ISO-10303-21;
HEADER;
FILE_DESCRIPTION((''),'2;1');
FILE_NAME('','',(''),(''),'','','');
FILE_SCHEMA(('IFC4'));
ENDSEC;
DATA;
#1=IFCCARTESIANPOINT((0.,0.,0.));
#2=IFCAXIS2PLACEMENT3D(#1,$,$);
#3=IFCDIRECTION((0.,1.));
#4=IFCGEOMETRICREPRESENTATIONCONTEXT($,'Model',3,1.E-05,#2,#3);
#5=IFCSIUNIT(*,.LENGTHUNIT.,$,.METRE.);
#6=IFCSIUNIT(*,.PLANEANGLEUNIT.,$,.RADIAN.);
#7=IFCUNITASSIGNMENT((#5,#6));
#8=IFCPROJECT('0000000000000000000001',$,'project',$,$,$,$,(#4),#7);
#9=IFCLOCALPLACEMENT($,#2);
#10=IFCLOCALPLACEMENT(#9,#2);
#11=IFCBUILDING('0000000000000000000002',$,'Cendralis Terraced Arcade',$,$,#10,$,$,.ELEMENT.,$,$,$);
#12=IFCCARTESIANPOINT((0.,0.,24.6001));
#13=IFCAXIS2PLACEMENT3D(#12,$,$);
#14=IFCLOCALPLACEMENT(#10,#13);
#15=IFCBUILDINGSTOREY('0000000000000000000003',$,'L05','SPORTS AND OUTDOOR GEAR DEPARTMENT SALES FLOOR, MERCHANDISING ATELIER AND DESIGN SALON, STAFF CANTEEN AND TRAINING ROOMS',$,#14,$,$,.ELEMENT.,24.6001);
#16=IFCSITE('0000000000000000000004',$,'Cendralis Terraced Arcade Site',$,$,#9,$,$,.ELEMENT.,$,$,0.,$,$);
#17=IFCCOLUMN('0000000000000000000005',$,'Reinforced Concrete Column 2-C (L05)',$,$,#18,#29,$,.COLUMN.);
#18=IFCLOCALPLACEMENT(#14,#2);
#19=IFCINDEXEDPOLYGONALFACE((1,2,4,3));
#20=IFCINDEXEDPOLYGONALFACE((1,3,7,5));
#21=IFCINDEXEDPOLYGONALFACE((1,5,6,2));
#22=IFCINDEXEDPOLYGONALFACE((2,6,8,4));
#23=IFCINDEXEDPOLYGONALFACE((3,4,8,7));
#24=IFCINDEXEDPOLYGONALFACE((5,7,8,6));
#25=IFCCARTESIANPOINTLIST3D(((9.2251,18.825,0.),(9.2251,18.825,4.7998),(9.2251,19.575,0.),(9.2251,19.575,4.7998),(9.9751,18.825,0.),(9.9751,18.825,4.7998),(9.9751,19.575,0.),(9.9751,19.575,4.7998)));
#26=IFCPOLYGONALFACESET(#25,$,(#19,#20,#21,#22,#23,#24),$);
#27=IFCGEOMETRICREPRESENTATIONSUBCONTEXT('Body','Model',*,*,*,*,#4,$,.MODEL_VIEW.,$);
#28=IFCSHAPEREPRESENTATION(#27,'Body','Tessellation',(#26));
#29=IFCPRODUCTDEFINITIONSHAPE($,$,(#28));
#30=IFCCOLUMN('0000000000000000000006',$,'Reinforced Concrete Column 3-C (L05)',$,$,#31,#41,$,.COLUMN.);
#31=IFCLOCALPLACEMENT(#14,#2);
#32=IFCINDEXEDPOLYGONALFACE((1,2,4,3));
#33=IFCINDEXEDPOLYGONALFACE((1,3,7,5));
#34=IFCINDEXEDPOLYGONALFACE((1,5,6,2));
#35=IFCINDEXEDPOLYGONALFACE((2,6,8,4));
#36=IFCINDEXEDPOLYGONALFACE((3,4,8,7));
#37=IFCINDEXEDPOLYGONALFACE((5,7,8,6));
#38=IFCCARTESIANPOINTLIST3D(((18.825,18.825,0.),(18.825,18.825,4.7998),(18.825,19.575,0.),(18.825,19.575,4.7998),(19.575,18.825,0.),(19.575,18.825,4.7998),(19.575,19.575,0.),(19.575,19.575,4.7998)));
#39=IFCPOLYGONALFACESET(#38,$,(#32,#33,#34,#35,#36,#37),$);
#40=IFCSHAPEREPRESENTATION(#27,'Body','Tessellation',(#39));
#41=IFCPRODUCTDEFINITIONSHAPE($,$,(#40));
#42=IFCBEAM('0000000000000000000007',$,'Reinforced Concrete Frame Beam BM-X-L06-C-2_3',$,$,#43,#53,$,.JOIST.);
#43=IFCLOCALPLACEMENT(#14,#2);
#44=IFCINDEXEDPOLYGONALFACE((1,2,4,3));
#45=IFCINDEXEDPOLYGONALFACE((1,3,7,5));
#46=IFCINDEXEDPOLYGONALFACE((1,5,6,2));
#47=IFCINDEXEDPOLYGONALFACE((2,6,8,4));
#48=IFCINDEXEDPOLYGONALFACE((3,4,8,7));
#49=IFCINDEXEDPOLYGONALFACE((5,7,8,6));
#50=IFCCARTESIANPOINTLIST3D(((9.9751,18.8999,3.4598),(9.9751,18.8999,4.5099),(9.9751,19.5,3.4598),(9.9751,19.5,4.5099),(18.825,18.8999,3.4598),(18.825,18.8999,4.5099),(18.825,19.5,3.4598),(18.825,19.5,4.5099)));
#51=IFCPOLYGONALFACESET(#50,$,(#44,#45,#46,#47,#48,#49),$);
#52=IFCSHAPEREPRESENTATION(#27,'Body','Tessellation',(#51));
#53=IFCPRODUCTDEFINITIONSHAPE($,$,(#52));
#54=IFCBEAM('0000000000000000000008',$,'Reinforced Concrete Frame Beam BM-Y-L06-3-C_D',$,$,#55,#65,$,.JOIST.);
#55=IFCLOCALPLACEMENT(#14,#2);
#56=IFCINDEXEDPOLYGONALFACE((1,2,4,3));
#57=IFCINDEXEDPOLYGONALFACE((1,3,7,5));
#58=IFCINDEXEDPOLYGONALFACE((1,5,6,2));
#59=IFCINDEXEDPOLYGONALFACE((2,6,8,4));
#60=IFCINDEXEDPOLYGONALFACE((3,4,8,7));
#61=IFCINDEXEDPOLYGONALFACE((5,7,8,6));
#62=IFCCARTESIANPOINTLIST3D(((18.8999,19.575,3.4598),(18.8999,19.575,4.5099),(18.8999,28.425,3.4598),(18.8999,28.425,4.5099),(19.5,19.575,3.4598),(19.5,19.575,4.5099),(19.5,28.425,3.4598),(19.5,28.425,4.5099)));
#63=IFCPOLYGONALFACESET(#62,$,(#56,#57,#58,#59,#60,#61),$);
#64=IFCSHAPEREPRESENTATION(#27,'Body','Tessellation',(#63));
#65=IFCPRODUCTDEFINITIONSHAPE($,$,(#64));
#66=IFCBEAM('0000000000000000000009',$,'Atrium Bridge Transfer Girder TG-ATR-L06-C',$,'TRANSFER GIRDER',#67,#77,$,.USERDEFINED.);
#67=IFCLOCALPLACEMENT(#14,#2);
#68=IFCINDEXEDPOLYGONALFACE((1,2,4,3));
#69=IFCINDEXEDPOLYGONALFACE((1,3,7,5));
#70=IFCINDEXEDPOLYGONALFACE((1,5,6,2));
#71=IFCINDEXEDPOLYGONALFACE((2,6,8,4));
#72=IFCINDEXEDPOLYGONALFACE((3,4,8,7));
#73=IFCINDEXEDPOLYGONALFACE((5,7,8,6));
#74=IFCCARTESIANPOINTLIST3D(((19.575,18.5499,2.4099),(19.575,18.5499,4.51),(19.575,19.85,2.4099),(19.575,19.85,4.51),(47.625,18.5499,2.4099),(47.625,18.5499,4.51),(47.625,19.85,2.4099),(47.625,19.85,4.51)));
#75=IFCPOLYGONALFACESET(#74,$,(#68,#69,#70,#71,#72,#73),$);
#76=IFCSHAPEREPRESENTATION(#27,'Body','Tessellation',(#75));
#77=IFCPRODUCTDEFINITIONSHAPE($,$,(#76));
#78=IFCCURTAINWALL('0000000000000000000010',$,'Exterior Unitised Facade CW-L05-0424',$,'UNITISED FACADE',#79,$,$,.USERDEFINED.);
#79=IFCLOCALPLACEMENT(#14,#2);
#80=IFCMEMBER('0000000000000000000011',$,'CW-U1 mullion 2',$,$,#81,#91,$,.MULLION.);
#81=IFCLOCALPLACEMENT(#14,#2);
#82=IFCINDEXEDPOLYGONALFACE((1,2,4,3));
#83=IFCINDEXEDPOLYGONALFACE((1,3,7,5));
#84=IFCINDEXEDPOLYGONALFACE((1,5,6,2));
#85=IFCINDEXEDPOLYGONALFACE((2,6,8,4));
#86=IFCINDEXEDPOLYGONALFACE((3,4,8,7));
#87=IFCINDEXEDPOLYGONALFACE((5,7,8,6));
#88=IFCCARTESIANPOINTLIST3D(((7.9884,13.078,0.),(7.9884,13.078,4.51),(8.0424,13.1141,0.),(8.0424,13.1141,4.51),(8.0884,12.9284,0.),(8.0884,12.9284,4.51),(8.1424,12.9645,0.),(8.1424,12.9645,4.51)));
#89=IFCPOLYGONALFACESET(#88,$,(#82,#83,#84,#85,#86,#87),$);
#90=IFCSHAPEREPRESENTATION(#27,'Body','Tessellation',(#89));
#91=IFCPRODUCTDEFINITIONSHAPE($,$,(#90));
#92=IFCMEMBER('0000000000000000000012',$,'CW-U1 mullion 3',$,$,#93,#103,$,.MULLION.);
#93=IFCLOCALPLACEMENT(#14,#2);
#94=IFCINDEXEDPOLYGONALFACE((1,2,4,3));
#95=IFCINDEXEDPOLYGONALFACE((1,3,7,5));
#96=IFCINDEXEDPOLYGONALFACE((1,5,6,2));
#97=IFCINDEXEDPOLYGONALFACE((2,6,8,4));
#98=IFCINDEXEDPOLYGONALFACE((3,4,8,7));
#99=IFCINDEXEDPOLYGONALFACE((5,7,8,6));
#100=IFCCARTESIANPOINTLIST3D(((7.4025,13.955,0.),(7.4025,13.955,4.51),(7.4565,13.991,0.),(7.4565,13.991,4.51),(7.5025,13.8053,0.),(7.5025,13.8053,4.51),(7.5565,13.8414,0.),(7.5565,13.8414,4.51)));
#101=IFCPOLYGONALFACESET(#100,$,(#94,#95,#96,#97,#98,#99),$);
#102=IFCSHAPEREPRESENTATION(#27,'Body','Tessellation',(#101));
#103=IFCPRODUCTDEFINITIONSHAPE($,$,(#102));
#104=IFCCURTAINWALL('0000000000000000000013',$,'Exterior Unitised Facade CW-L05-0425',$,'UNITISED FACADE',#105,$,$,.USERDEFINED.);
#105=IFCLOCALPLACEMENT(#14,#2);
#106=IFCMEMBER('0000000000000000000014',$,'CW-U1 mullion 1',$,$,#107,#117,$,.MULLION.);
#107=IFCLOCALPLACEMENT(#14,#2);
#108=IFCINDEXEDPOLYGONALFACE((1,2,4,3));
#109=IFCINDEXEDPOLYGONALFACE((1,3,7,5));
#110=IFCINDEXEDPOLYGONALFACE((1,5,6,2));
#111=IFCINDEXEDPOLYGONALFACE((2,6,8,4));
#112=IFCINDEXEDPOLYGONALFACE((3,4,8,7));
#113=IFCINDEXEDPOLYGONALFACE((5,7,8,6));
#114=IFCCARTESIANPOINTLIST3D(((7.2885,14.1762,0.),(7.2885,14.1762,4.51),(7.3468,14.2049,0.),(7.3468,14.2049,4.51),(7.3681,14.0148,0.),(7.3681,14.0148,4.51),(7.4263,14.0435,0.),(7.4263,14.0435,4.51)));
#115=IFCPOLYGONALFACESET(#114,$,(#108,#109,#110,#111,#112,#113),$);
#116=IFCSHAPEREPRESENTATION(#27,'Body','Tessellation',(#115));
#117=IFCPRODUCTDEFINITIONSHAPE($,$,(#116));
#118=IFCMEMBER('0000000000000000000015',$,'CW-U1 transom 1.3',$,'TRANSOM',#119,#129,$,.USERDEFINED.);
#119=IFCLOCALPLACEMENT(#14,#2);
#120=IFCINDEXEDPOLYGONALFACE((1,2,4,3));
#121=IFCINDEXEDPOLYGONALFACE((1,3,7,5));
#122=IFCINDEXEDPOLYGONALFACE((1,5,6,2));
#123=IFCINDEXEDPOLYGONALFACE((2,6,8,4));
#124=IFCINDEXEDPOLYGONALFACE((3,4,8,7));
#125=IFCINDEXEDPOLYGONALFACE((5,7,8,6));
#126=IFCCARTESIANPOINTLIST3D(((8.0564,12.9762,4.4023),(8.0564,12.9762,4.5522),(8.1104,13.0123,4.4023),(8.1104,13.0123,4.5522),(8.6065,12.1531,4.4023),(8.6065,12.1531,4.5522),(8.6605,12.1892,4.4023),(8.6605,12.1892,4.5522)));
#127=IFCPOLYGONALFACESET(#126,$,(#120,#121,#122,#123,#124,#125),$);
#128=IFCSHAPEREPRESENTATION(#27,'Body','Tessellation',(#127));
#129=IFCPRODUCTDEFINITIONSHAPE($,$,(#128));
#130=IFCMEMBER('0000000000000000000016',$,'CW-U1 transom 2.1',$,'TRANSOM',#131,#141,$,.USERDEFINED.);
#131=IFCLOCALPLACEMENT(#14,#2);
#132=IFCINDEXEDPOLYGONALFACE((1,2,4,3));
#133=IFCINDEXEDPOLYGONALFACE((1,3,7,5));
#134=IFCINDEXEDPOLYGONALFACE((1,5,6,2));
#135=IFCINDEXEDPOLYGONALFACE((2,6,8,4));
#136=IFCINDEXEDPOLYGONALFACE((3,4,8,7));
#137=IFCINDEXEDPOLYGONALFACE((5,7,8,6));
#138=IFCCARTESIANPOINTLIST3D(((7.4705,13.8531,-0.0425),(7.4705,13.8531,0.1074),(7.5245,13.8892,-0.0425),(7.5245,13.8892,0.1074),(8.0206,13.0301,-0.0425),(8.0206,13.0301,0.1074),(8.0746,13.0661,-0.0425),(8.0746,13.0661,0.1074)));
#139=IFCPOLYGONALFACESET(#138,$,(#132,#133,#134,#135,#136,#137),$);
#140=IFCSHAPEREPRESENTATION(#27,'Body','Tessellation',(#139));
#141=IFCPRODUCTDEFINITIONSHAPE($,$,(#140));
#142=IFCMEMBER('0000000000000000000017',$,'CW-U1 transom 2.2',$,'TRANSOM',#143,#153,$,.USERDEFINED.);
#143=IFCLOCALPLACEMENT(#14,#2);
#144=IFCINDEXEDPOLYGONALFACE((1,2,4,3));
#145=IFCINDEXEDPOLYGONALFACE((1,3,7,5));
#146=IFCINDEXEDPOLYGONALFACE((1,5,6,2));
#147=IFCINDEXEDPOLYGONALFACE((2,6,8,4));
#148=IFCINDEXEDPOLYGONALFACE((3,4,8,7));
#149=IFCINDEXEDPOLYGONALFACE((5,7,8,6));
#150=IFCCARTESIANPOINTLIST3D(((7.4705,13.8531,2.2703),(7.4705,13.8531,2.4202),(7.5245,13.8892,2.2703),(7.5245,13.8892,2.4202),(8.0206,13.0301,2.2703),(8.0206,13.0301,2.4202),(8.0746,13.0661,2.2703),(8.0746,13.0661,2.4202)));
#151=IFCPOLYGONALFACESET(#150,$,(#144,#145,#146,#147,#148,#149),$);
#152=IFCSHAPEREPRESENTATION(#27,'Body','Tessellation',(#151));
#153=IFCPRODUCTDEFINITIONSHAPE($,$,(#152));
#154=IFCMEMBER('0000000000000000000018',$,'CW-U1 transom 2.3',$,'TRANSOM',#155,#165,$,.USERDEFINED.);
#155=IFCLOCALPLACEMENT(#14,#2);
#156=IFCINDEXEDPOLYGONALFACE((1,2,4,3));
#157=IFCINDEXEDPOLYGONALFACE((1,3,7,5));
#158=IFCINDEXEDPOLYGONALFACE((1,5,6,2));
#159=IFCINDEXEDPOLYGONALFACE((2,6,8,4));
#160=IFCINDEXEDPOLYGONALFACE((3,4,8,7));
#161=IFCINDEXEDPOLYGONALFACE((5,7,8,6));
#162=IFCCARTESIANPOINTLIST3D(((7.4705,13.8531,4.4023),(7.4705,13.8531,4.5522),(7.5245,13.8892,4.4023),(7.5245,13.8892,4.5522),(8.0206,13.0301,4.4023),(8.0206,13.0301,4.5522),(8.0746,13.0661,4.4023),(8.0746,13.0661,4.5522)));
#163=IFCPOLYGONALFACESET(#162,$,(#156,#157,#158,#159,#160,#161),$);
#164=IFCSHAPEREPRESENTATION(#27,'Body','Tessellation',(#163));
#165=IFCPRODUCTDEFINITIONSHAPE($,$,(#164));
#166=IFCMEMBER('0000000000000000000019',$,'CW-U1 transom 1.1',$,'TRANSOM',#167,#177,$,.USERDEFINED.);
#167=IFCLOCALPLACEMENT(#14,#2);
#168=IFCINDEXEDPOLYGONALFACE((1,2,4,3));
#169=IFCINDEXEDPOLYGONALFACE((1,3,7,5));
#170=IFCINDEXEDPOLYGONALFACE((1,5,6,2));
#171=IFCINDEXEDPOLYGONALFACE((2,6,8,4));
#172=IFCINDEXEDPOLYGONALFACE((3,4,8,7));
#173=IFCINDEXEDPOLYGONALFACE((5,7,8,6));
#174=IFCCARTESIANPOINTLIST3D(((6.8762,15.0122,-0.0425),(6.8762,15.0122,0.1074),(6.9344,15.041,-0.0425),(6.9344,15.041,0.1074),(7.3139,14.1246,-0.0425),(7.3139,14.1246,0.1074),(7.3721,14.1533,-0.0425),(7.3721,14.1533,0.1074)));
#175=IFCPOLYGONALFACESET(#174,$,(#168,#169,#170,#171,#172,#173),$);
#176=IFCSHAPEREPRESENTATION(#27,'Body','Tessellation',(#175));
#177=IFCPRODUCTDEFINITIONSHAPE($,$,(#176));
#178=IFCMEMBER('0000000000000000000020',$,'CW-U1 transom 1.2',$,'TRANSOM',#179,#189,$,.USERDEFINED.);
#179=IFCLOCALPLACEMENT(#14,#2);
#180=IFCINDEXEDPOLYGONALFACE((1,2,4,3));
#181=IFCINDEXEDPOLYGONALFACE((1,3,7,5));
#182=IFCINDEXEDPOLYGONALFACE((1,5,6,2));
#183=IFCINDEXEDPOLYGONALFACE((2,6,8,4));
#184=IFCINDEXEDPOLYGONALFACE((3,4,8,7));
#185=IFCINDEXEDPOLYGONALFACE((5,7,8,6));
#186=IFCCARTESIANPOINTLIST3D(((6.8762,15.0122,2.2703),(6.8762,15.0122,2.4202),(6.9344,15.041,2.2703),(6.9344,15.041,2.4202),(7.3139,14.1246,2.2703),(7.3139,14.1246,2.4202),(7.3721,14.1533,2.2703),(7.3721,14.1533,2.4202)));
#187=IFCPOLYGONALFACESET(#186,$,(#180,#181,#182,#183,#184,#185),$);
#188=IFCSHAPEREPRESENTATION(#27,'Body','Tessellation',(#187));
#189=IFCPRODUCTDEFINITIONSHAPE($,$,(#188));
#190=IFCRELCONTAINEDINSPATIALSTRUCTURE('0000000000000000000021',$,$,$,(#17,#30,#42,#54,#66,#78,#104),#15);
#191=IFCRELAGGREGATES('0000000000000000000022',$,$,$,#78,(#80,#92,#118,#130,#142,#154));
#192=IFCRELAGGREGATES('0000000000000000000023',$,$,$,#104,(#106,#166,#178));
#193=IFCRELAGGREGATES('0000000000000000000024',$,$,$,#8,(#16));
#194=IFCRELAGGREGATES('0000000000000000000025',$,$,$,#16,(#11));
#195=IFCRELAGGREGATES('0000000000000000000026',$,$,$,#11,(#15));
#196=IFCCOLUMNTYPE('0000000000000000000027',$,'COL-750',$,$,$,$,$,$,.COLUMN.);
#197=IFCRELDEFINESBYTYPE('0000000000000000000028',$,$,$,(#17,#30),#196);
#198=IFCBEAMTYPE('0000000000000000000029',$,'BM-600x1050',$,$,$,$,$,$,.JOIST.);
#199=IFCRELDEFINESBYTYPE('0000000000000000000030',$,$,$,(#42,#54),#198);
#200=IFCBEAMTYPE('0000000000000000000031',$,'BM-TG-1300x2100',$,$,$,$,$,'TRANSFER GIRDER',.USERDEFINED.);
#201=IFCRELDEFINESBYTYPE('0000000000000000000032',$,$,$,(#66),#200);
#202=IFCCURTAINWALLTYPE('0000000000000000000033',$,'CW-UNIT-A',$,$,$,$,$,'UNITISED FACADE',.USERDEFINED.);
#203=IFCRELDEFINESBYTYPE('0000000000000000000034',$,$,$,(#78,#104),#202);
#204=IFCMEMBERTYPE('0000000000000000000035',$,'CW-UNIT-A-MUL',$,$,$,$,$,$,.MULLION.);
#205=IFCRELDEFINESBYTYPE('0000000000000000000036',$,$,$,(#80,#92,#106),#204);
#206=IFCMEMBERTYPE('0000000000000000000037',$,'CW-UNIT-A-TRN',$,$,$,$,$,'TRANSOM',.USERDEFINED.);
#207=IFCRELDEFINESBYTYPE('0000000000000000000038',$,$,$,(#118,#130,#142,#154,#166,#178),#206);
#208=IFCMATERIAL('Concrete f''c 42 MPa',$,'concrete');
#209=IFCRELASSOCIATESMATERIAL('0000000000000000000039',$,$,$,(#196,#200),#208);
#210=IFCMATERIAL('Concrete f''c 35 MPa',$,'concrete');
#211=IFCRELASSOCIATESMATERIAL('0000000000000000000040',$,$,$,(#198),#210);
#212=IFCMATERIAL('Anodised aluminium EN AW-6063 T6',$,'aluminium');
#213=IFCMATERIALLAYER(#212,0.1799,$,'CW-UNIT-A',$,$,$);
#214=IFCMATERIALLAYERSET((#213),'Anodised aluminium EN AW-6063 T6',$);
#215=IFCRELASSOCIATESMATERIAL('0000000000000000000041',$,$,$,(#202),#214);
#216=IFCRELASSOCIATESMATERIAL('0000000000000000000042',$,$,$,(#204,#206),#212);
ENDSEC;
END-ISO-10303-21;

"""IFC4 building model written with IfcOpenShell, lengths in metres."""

from ifc_helpers import new_model, si_unit, direction, frame, origin, origin_2d, place, context, subcontext, project, spatial, rectangle, extrude, material, layer, layer_set, material_profile, profile_set, type_object, element, aggregate, save


model = new_model("IFC4")

# Units and contexts
model_context = context("Model", 3, precision=1e-05, world=origin(), true_north=direction((0.0, 1.0)))
body_context = subcontext(model_context, "Body", "Model", "MODEL_VIEW")
ifc_project = project(units=[si_unit("LENGTHUNIT", "METRE"), si_unit("PLANEANGLEUNIT", "RADIAN")], contexts=[model_context])

# Site, building, storey
site_placement = place(None, origin())
site = spatial("IfcSite", under=ifc_project, at=site_placement, Name="Cendralis Terraced Arcade Site", CompositionType="ELEMENT", RefElevation=0.0)
building_placement = place(site_placement, origin())
building = spatial("IfcBuilding", under=site, at=building_placement, Name="Cendralis Terraced Arcade", CompositionType="ELEMENT")
storey_placement = place(building_placement, frame((0.0, 0.0, 24.6001)))
storey = spatial("IfcBuildingStorey", under=building, at=storey_placement, Name="L05", Description="SPORTS AND OUTDOOR GEAR DEPARTMENT SALES FLOOR, MERCHANDISING ATELIER AND DESIGN SALON, STAFF CANTEEN AND TRAINING ROOMS", CompositionType="ELEMENT", Elevation=24.6001)

# Columns
ifc_material_1 = material(Name="Concrete f'c 42 MPa", Category="concrete")
ifc_material_profile_1 = material_profile(ifc_material_1, rectangle(XDim=0.75, YDim=0.75, at=origin_2d()), Name="RC-COL-750x750", Category="LoadBearing")
ifc_profile_set_1 = profile_set([ifc_material_profile_1], Name="Concrete f'c 42 MPa")
column_type = type_object("IfcColumnType", Name="COL-750", PredefinedType="COLUMN", material=ifc_profile_set_1)
for number, where, z_axis, x_axis, name in (
    (1, (9.6001, 19.2, 0.0), (0.0, 0.0, 1.0), (1.0, 0.0, 0.0), "Reinforced Concrete Column 2-C (L05)"),
    (2, (19.2, 19.2, 0.0), (0.0, 0.0, 1.0), (1.0, 0.0, 0.0), "Reinforced Concrete Column 3-C (L05)"),
):
    element("IfcColumn", number, at=place(storey_placement, frame(where, z_axis=z_axis, x_axis=x_axis)), inside=storey, type_object=column_type, Name=name, PredefinedType="COLUMN", context=body_context, shape_type="SweptSolid", body=[
        extrude(rectangle(XDim=0.75, YDim=0.75, at=origin_2d()), origin(), (0.0, 0.0, 1.0), 4.7998),
    ])

# Beams
ifc_material_2 = material(Name="Concrete f'c 35 MPa", Category="concrete")
ifc_material_profile_2 = material_profile(ifc_material_2, rectangle(XDim=0.6001, YDim=1.05, at=origin_2d()), Name="RC-BM-600x1050", Category="LoadBearing")
ifc_profile_set_2 = profile_set([ifc_material_profile_2], Name="Concrete f'c 35 MPa")
beam_type_1 = type_object("IfcBeamType", Name="BM-600x1050", PredefinedType="JOIST", material=ifc_profile_set_2)
beam_1_placement = place(storey_placement, frame((9.9751, 19.2, 3.9849), z_axis=(1.0, 0.0, 0.0), x_axis=(0.0, 1.0, 0.0)))
element("IfcBeam", 3, at=beam_1_placement, inside=storey, type_object=beam_type_1, Name="Reinforced Concrete Frame Beam BM-X-L06-C-2_3", PredefinedType="JOIST", context=body_context, shape_type="SweptSolid", body=[
    extrude(rectangle(XDim=0.6001, YDim=1.05, at=origin_2d()), origin(), (0.0, 0.0, 1.0), 8.8499),
])
beam_2_placement = place(storey_placement, frame((19.2, 19.575, 3.9849), z_axis=(0.0, 1.0, 0.0), x_axis=(-1.0, 0.0, 0.0)))
element("IfcBeam", 4, at=beam_2_placement, inside=storey, type_object=beam_type_1, Name="Reinforced Concrete Frame Beam BM-Y-L06-3-C_D", PredefinedType="JOIST", context=body_context, shape_type="SweptSolid", body=[
    extrude(rectangle(XDim=0.6001, YDim=1.05, at=origin_2d()), origin(), (0.0, 0.0, 1.0), 8.8501),
])
ifc_material_profile_3 = material_profile(ifc_material_1, rectangle(XDim=1.3, YDim=2.1001, at=origin_2d()), Name="RC-TG-1300x2100", Category="LoadBearing")
ifc_profile_set_3 = profile_set([ifc_material_profile_3], Name="Concrete f'c 42 MPa")
beam_type_2 = type_object("IfcBeamType", Name="BM-TG-1300x2100", ElementType="TRANSFER GIRDER", PredefinedType="USERDEFINED", material=ifc_profile_set_3)
beam_3_placement = place(storey_placement, frame((19.575, 19.2, 3.46), z_axis=(1.0, 0.0, 0.0), x_axis=(0.0, 1.0, 0.0)))
element("IfcBeam", 5, at=beam_3_placement, inside=storey, type_object=beam_type_2, Name="Atrium Bridge Transfer Girder TG-ATR-L06-C", ObjectType="TRANSFER GIRDER", PredefinedType="USERDEFINED", context=body_context, shape_type="SweptSolid", body=[
    extrude(rectangle(XDim=1.3, YDim=2.1001, at=origin_2d()), origin(), (0.0, 0.0, 1.0), 28.05),
])

# Curtain wall, members
ifc_material_3 = material(Name="Anodised aluminium EN AW-6063 T6", Category="aluminium")
ifc_layer_1 = layer(ifc_material_3, 0.1799, Name="CW-UNIT-A")
ifc_layer_set_1 = layer_set([ifc_layer_1], Name="Anodised aluminium EN AW-6063 T6")
curtain_wall_type = type_object("IfcCurtainWallType", Name="CW-UNIT-A", ElementType="UNITISED FACADE", PredefinedType="USERDEFINED", material=ifc_layer_set_1)
curtain_wall_1_placement = place(storey_placement, origin())
curtain_wall_1 = element("IfcCurtainWall", 6, at=curtain_wall_1_placement, inside=storey, type_object=curtain_wall_type, Name="Exterior Unitised Facade CW-L05-0424", ObjectType="UNITISED FACADE", PredefinedType="USERDEFINED")
ifc_material_profile_4 = material_profile(ifc_material_3, rectangle(XDim=0.0649, YDim=0.1799, at=origin_2d()), Name="ALU-MUL-65x180")
ifc_profile_set_4 = profile_set([ifc_material_profile_4], Name="Anodised aluminium EN AW-6063 T6")
member_type_1 = type_object("IfcMemberType", Name="CW-UNIT-A-MUL", PredefinedType="MULLION", material=ifc_profile_set_4)
member_1_placement = place(storey_placement, frame((8.0654, 13.0212, 0.0), z_axis=(0.0, 0.0, 1.0), x_axis=(-0.831477, -0.555559, 0.0)))
member_1 = element("IfcMember", 7, at=member_1_placement, type_object=member_type_1, Name="CW-U1 mullion 2", PredefinedType="MULLION", context=body_context, shape_type="SweptSolid", body=[
    extrude(rectangle(XDim=0.0649, YDim=0.1799, at=origin_2d()), origin(), (0.0, 0.0, 1.0), 4.51),
])
member_2_placement = place(storey_placement, frame((7.4795, 13.8982, 0.0), z_axis=(0.0, 0.0, 1.0), x_axis=(-0.831477, -0.555559, 0.0)))
member_2 = element("IfcMember", 8, at=member_2_placement, type_object=member_type_1, Name="CW-U1 mullion 3", PredefinedType="MULLION", context=body_context, shape_type="SweptSolid", body=[
    extrude(rectangle(XDim=0.0649, YDim=0.1799, at=origin_2d()), origin(), (0.0, 0.0, 1.0), 4.51),
])

# Curtain wall, member
curtain_wall_2_placement = place(storey_placement, origin())
curtain_wall_2 = element("IfcCurtainWall", 9, at=curtain_wall_2_placement, inside=storey, type_object=curtain_wall_type, Name="Exterior Unitised Facade CW-L05-0425", ObjectType="UNITISED FACADE", PredefinedType="USERDEFINED")
member_3_placement = place(storey_placement, frame((7.3574, 14.1099, 0.0), z_axis=(0.0, 0.0, 1.0), x_axis=(-0.896888, -0.442259, 0.0)))
member_3 = element("IfcMember", 10, at=member_3_placement, type_object=member_type_1, Name="CW-U1 mullion 1", PredefinedType="MULLION", context=body_context, shape_type="SweptSolid", body=[
    extrude(rectangle(XDim=0.0649, YDim=0.1799, at=origin_2d()), origin(), (0.0, 0.0, 1.0), 4.51),
])

# Members
ifc_material_profile_5 = material_profile(ifc_material_3, rectangle(XDim=0.0649, YDim=0.1499, at=origin_2d()), Name="ALU-TRN-65x150")
ifc_profile_set_5 = profile_set([ifc_material_profile_5], Name="Anodised aluminium EN AW-6063 T6")
member_type_2 = type_object("IfcMemberType", Name="CW-UNIT-A-TRN", ElementType="TRANSOM", PredefinedType="USERDEFINED", material=ifc_profile_set_5)
member_4_placement = place(storey_placement, frame((8.6335, 12.1711, 4.4773), z_axis=(-0.555667, 0.831405, 0.0), x_axis=(-0.831405, -0.555667, 0.0)))
member_4 = element("IfcMember", 11, at=member_4_placement, type_object=member_type_2, Name="CW-U1 transom 1.3", ObjectType="TRANSOM", PredefinedType="USERDEFINED", context=body_context, shape_type="SweptSolid", body=[
    extrude(rectangle(XDim=0.0649, YDim=0.1499, at=origin_2d()), origin(), (0.0, 0.0, 1.0), 0.99),
])
member_5_placement = place(storey_placement, frame((8.0476, 13.0481, 0.0325), z_axis=(-0.555667, 0.831405, 0.0), x_axis=(-0.831405, -0.555667, 0.0)))
member_5 = element("IfcMember", 12, at=member_5_placement, type_object=member_type_2, Name="CW-U1 transom 2.1", ObjectType="TRANSOM", PredefinedType="USERDEFINED", context=body_context, shape_type="SweptSolid", body=[
    extrude(rectangle(XDim=0.0649, YDim=0.1499, at=origin_2d()), origin(), (0.0, 0.0, 1.0), 0.99),
])
member_6_placement = place(storey_placement, frame((8.0476, 13.0481, 2.3452), z_axis=(-0.555667, 0.831405, 0.0), x_axis=(-0.831405, -0.555667, 0.0)))
member_6 = element("IfcMember", 13, at=member_6_placement, type_object=member_type_2, Name="CW-U1 transom 2.2", ObjectType="TRANSOM", PredefinedType="USERDEFINED", context=body_context, shape_type="SweptSolid", body=[
    extrude(rectangle(XDim=0.0649, YDim=0.1499, at=origin_2d()), origin(), (0.0, 0.0, 1.0), 0.99),
])
member_7_placement = place(storey_placement, frame((8.0476, 13.0481, 4.4773), z_axis=(-0.555667, 0.831405, 0.0), x_axis=(-0.831405, -0.555667, 0.0)))
member_7 = element("IfcMember", 14, at=member_7_placement, type_object=member_type_2, Name="CW-U1 transom 2.3", ObjectType="TRANSOM", PredefinedType="USERDEFINED", context=body_context, shape_type="SweptSolid", body=[
    extrude(rectangle(XDim=0.0649, YDim=0.1499, at=origin_2d()), origin(), (0.0, 0.0, 1.0), 0.99),
])
member_8_placement = place(storey_placement, frame((7.343, 14.1389, 0.0325), z_axis=(-0.442273, 0.89688, 0.0), x_axis=(-0.89688, -0.442273, 0.0)))
member_8 = element("IfcMember", 15, at=member_8_placement, type_object=member_type_2, Name="CW-U1 transom 1.1", ObjectType="TRANSOM", PredefinedType="USERDEFINED", context=body_context, shape_type="SweptSolid", body=[
    extrude(rectangle(XDim=0.0649, YDim=0.1499, at=origin_2d()), origin(), (0.0, 0.0, 1.0), 0.9897),
])
member_9_placement = place(storey_placement, frame((7.343, 14.1389, 2.3452), z_axis=(-0.442273, 0.89688, 0.0), x_axis=(-0.89688, -0.442273, 0.0)))
member_9 = element("IfcMember", 16, at=member_9_placement, type_object=member_type_2, Name="CW-U1 transom 1.2", ObjectType="TRANSOM", PredefinedType="USERDEFINED", context=body_context, shape_type="SweptSolid", body=[
    extrude(rectangle(XDim=0.0649, YDim=0.1499, at=origin_2d()), origin(), (0.0, 0.0, 1.0), 0.9897),
])

aggregate(curtain_wall_1, [member_1, member_2, member_4, member_5, member_6, member_7])
aggregate(curtain_wall_2, [member_3, member_8, member_9])

save(model, "model.ifc")
